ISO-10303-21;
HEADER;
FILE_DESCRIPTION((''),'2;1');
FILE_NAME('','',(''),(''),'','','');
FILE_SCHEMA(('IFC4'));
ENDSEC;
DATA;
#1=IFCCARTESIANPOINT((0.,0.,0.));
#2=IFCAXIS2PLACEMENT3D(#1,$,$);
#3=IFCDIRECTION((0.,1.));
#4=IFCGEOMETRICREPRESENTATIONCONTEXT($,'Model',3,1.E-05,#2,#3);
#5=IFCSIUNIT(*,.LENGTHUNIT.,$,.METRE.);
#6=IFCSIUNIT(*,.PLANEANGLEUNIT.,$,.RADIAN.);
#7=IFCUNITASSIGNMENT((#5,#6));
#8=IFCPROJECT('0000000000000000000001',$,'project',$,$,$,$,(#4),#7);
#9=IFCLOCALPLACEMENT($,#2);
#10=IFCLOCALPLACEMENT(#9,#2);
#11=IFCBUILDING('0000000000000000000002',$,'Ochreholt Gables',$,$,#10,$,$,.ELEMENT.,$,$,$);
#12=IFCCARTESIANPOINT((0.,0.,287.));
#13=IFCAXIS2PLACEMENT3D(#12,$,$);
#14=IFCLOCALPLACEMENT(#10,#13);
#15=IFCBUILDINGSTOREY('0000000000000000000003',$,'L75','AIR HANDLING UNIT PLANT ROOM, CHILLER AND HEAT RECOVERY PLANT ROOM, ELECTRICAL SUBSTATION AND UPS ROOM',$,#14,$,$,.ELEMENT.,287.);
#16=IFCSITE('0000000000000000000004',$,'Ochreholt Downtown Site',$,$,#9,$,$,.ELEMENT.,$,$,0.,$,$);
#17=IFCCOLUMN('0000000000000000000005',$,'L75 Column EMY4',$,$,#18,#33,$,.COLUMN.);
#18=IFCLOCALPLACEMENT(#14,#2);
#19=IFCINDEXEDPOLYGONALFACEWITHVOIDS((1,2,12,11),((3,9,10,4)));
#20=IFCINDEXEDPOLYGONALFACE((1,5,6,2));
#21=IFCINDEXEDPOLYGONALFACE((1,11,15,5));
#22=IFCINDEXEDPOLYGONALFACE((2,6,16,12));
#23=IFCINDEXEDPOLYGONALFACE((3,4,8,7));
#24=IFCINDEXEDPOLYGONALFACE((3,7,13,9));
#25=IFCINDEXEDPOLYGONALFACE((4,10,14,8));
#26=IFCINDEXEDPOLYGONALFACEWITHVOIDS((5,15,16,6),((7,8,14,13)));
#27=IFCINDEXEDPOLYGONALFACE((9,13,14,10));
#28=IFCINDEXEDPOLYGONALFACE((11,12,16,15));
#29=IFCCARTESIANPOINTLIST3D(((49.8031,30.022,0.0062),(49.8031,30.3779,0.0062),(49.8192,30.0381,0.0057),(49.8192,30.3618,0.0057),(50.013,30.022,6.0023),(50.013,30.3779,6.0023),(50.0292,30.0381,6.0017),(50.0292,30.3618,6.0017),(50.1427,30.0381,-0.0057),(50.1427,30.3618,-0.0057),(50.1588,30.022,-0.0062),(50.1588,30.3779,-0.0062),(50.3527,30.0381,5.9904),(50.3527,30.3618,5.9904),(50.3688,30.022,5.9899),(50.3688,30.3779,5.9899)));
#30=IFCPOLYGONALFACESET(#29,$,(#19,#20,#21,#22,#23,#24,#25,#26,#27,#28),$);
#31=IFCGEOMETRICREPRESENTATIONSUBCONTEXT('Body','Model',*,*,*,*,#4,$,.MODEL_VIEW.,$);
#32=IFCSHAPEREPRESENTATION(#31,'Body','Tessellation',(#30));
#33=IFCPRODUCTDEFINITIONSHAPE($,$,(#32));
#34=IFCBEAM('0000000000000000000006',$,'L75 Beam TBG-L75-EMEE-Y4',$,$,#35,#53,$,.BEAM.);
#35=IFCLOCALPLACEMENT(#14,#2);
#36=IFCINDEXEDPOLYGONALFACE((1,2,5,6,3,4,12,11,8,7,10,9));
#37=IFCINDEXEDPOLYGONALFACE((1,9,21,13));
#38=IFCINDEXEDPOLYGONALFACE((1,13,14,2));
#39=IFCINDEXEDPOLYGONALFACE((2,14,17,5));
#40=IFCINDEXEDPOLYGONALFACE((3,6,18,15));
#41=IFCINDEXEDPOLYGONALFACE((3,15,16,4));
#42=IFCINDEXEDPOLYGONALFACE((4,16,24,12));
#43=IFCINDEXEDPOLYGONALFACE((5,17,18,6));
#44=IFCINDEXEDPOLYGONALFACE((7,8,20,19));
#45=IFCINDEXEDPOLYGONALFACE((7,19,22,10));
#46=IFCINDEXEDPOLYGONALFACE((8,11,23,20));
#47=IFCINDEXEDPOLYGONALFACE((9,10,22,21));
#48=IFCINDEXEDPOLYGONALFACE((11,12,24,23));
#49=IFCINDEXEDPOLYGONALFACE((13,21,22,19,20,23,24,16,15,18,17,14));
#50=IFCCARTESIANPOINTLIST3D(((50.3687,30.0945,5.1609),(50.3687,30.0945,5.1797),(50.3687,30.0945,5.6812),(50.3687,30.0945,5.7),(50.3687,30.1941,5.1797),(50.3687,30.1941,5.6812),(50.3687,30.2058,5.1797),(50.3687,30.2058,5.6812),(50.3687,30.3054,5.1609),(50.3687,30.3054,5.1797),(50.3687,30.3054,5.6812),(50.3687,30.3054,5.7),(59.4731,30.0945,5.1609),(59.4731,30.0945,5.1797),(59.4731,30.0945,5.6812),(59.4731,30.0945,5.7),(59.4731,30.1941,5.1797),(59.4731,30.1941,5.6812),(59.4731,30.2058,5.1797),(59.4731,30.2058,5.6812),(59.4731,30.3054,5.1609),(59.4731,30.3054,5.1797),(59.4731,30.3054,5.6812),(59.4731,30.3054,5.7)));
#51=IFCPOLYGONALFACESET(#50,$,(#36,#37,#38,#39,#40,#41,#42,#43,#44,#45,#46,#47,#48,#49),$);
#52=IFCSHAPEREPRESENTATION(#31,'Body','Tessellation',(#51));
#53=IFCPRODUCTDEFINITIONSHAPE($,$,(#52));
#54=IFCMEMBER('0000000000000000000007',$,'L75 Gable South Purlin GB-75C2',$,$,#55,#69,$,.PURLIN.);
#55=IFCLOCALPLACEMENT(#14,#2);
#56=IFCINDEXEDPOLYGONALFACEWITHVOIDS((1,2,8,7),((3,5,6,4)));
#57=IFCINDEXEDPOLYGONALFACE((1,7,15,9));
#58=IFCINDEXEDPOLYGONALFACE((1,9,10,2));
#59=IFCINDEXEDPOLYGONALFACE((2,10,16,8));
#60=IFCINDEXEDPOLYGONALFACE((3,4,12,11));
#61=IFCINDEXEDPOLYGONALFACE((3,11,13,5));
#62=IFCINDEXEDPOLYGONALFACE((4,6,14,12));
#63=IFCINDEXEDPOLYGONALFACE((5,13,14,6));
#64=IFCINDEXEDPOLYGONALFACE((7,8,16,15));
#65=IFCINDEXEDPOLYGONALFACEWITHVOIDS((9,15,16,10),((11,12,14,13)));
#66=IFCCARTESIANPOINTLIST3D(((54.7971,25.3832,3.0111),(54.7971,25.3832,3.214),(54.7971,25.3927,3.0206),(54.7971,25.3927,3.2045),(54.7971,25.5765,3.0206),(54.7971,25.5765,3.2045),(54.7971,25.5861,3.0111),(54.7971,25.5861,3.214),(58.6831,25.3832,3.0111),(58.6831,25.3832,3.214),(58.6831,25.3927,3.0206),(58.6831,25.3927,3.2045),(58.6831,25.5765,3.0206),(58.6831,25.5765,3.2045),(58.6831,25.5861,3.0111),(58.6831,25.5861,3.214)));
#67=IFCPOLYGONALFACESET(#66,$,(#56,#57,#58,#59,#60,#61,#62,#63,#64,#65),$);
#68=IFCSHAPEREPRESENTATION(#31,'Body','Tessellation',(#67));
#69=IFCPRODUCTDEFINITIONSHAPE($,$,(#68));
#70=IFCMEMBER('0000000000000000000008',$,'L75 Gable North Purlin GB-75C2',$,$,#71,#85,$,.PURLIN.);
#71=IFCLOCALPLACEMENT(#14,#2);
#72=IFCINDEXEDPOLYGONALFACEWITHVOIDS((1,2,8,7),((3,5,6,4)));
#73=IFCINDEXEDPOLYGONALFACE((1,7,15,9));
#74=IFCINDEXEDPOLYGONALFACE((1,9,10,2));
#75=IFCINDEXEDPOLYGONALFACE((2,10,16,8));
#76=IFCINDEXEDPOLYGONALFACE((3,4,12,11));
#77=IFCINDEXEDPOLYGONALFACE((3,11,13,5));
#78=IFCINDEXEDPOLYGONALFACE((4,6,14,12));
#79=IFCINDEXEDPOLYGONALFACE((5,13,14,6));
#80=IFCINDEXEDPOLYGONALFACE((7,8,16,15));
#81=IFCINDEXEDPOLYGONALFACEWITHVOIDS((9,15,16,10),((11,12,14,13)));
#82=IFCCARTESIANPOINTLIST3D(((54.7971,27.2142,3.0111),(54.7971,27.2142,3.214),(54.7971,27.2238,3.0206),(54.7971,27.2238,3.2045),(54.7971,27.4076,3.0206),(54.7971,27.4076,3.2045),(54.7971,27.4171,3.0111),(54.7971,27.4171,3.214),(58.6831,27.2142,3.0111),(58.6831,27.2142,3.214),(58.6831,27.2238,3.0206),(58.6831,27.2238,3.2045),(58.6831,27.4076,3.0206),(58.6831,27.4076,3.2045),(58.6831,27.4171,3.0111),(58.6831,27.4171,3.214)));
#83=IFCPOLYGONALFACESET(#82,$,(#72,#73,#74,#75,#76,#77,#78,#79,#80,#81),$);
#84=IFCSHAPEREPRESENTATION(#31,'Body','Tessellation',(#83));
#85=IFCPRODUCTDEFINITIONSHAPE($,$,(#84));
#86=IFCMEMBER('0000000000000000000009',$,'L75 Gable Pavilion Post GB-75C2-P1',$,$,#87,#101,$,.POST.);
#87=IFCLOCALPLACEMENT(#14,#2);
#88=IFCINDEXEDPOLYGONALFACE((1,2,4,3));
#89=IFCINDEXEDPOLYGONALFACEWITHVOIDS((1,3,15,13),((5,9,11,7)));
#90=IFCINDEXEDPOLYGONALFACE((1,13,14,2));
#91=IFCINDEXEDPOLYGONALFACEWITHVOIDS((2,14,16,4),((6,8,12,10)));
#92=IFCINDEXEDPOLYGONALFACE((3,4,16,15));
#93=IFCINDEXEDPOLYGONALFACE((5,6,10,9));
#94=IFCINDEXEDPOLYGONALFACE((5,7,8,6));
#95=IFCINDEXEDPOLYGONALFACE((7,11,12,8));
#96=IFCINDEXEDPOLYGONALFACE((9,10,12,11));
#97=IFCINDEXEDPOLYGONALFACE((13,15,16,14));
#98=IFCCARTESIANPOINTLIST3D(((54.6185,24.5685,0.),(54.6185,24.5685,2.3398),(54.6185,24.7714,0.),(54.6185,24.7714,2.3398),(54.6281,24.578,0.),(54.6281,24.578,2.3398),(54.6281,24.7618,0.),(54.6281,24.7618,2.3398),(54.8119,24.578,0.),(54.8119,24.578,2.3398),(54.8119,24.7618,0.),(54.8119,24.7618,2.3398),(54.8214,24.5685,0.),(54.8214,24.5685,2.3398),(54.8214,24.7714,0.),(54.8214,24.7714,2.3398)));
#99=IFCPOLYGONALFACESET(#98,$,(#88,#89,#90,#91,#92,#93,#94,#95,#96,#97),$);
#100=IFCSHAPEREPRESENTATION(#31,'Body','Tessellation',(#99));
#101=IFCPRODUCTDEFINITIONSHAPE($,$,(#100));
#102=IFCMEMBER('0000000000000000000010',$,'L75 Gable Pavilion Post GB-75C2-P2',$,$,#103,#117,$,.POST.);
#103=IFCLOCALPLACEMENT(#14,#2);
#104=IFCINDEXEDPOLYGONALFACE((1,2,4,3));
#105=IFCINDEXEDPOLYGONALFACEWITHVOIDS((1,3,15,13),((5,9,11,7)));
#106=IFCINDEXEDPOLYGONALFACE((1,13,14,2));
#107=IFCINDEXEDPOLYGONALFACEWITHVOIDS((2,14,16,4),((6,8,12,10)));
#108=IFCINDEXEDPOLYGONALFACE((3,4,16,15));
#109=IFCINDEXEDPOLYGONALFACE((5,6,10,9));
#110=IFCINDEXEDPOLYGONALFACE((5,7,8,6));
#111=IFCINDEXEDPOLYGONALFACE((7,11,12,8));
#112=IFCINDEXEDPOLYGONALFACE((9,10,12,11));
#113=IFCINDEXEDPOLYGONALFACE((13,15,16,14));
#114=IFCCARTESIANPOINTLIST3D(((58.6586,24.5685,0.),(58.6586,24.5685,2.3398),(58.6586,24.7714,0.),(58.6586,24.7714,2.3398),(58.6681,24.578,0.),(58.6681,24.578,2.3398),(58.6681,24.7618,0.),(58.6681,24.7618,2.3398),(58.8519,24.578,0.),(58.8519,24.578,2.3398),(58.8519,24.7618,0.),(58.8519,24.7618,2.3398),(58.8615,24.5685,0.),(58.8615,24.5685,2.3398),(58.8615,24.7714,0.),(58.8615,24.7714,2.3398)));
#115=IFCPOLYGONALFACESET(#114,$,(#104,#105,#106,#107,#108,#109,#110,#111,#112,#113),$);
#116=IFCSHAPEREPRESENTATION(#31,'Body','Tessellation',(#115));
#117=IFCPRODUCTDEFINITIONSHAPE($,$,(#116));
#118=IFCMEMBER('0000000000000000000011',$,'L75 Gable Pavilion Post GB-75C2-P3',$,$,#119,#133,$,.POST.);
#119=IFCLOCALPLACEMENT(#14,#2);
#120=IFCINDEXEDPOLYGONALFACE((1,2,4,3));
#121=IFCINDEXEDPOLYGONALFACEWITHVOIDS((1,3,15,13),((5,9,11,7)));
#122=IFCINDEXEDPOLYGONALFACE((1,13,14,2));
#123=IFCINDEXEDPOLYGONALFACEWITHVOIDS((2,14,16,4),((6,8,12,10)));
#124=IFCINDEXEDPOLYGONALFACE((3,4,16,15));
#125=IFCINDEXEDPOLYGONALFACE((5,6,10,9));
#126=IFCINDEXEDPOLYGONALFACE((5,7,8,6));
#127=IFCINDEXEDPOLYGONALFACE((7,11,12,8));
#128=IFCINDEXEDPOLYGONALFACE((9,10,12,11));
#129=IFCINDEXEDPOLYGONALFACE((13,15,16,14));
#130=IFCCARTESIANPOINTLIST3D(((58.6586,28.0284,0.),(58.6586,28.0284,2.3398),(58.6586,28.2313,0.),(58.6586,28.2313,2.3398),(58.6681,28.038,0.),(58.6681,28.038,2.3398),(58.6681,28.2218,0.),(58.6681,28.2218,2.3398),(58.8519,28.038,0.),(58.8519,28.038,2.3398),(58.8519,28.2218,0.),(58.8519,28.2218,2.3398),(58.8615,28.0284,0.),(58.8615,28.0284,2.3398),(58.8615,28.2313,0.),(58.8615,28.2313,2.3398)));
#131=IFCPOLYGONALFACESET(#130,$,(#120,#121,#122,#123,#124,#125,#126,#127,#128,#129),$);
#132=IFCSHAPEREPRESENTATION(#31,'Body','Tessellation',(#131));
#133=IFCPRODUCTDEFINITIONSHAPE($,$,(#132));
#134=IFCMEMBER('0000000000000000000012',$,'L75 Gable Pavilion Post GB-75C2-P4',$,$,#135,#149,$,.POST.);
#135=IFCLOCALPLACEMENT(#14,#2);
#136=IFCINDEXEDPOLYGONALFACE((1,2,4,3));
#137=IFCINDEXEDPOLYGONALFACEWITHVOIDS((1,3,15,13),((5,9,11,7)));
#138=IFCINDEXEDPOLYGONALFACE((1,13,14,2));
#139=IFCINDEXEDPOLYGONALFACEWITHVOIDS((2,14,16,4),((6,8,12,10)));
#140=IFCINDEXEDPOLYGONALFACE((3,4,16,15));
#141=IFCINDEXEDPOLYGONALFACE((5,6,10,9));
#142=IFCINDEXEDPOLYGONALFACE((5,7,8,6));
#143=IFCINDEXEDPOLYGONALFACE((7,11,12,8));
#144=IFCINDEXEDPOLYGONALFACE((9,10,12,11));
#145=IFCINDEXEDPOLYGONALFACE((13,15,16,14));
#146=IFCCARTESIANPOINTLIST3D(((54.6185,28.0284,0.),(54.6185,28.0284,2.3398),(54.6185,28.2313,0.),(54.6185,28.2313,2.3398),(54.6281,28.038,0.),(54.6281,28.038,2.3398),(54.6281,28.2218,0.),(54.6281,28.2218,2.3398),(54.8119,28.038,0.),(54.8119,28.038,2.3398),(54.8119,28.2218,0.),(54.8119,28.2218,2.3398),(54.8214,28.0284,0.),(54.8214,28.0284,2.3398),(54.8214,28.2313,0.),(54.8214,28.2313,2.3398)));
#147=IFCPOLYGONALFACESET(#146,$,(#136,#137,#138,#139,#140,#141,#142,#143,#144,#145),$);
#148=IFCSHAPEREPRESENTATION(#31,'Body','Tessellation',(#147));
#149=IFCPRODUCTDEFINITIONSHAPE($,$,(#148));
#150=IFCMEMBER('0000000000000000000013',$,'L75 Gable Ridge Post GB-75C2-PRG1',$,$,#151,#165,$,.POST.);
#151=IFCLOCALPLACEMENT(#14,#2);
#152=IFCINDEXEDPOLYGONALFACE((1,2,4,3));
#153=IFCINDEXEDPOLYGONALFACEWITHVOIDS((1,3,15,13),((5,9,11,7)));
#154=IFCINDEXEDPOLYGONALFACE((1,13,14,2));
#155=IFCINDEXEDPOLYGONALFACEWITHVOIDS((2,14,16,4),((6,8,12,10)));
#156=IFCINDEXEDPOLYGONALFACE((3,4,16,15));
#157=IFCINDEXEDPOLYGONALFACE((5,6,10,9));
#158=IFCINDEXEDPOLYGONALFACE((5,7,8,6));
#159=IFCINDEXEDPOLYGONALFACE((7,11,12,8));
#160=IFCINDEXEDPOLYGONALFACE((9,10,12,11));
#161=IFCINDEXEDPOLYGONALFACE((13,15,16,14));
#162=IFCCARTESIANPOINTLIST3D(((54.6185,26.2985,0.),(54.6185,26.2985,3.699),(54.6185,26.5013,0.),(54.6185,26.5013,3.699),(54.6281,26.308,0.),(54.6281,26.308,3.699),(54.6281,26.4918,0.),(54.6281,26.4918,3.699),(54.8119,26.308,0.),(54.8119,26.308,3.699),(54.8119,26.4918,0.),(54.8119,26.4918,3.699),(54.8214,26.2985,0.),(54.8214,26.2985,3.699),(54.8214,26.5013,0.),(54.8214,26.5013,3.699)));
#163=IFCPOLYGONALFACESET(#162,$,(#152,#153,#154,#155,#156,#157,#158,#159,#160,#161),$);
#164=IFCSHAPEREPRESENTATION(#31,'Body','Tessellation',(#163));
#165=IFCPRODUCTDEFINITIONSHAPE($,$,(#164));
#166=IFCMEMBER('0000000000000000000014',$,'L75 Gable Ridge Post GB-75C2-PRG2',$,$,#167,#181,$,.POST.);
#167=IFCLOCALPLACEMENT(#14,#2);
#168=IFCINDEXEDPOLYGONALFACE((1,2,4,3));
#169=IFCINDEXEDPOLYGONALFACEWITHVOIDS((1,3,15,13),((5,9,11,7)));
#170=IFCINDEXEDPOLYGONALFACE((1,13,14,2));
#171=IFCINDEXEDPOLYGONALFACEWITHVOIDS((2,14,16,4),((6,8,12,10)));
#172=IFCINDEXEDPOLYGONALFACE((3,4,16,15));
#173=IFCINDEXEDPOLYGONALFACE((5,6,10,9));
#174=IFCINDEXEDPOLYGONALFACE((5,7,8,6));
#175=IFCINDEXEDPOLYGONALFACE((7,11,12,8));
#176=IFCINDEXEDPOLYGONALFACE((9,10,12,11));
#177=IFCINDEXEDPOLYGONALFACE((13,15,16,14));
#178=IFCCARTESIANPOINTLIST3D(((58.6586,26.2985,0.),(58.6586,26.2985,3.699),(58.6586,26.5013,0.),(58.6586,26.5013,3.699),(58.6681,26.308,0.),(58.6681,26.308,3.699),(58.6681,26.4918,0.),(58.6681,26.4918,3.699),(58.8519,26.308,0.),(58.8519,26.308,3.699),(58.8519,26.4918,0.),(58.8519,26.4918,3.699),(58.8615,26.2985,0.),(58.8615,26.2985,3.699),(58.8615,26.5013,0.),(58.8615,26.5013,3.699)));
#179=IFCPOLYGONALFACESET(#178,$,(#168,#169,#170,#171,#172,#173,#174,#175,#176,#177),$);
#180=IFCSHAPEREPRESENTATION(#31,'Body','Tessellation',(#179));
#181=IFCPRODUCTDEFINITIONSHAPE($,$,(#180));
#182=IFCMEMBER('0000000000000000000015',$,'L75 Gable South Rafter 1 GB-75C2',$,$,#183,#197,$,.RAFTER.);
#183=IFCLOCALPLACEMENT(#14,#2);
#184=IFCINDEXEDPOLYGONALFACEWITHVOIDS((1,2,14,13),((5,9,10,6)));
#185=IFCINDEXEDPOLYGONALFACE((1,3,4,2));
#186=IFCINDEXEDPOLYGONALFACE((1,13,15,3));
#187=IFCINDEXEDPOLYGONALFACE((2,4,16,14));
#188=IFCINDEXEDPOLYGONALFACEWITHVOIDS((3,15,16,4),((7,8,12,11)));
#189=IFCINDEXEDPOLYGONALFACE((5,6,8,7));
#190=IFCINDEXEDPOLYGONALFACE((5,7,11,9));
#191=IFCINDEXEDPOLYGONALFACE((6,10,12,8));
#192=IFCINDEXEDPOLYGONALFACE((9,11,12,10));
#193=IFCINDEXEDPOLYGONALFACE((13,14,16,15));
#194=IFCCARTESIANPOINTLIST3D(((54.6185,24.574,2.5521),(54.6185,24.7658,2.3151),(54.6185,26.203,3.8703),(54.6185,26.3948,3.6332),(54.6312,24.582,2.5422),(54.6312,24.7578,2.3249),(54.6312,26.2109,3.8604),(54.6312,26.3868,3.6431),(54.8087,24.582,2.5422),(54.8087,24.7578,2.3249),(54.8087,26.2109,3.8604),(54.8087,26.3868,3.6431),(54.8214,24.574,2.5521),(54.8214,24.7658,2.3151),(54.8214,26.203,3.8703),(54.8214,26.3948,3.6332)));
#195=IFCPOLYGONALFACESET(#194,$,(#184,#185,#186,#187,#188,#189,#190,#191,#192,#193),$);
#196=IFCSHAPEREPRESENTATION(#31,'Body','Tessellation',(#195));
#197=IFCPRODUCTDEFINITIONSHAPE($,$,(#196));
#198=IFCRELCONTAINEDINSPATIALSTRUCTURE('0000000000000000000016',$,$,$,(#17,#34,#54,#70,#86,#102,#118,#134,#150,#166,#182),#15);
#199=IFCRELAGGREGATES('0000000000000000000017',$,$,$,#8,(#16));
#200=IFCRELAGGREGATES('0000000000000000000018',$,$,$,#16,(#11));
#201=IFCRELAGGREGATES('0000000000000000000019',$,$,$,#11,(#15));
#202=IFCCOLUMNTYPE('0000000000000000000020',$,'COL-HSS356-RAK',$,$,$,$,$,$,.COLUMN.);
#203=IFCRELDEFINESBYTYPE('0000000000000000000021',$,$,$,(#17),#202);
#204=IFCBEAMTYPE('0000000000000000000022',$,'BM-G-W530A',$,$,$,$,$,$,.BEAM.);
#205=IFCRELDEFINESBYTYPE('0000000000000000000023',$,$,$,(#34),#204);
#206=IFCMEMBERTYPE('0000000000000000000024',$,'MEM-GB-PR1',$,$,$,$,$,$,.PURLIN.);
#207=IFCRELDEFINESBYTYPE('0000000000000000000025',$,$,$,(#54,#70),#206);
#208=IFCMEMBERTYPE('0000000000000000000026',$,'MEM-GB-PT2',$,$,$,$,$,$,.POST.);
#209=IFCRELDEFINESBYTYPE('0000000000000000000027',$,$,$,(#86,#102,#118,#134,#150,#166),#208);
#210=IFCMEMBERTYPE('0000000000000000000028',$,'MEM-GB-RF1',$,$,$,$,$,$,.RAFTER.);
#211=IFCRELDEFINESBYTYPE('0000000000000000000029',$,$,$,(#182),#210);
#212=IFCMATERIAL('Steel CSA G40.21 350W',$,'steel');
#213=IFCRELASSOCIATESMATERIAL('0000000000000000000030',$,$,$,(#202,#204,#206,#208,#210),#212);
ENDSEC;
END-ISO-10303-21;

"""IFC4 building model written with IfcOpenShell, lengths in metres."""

from ifc_helpers import new_model, si_unit, direction, frame, origin, origin_2d, place, context, subcontext, project, spatial, hollow_rectangle, i_section, extrude, material, material_profile, profile_set, type_object, element, save


model = new_model("IFC4")

# Units and contexts
model_context = context("Model", 3, precision=1e-05, world=origin(), true_north=direction((0.0, 1.0)))
body_context = subcontext(model_context, "Body", "Model", "MODEL_VIEW")
ifc_project = project(units=[si_unit("LENGTHUNIT", "METRE"), si_unit("PLANEANGLEUNIT", "RADIAN")], contexts=[model_context])

# Site, building, storey
site_placement = place(None, origin())
site = spatial("IfcSite", under=ifc_project, at=site_placement, Name="Ochreholt Downtown Site", CompositionType="ELEMENT", RefElevation=0.0)
building_placement = place(site_placement, origin())
building = spatial("IfcBuilding", under=site, at=building_placement, Name="Ochreholt Gables", CompositionType="ELEMENT")
storey_placement = place(building_placement, frame((0.0, 0.0, 287.0)))
storey = spatial("IfcBuildingStorey", under=building, at=storey_placement, Name="L75", Description="AIR HANDLING UNIT PLANT ROOM, CHILLER AND HEAT RECOVERY PLANT ROOM, ELECTRICAL SUBSTATION AND UPS ROOM", CompositionType="ELEMENT", Elevation=287.0)

# Column
ifc_material_1 = material(Name="Steel CSA G40.21 350W", Category="steel")
ifc_material_profile_1 = material_profile(ifc_material_1, hollow_rectangle(XDim=0.356, YDim=0.356, WallThickness=0.0161, at=origin_2d()), Name="HSS356X356X16")
ifc_profile_set_1 = profile_set([ifc_material_profile_1], Name="Steel CSA G40.21 350W")
column_type = type_object("IfcColumnType", Name="COL-HSS356-RAK", PredefinedType="COLUMN", material=ifc_profile_set_1)
column_placement = place(storey_placement, frame((49.981, 30.2, 0.0), z_axis=(0.034995, 0.0, 0.999387), x_axis=(0.0, 1.0, 0.0)))
element("IfcColumn", 1, at=column_placement, inside=storey, type_object=column_type, Name="L75 Column EMY4", PredefinedType="COLUMN", context=body_context, shape_type="SweptSolid", body=[
    extrude(hollow_rectangle(XDim=0.356, YDim=0.356, WallThickness=0.0161, at=origin_2d()), origin(), (0.0, 0.0, 1.0), 5.9998),
])

# Beam
ifc_material_profile_2 = material_profile(ifc_material_1, i_section(OverallWidth=0.2109, OverallDepth=0.5391, WebThickness=0.0117, FlangeThickness=0.0188, at=origin_2d()), Name="W530X109")
ifc_profile_set_2 = profile_set([ifc_material_profile_2], Name="Steel CSA G40.21 350W")
beam_type = type_object("IfcBeamType", Name="BM-G-W530A", PredefinedType="BEAM", material=ifc_profile_set_2)
beam_placement = place(storey_placement, frame((50.3687, 30.2, 5.4304), z_axis=(1.0, 0.0, 0.0), x_axis=(0.0, 1.0, 0.0)))
element("IfcBeam", 2, at=beam_placement, inside=storey, type_object=beam_type, Name="L75 Beam TBG-L75-EMEE-Y4", PredefinedType="BEAM", context=body_context, shape_type="SweptSolid", body=[
    extrude(i_section(OverallWidth=0.2109, OverallDepth=0.5391, WebThickness=0.0117, FlangeThickness=0.0188, at=origin_2d()), origin(), (0.0, 0.0, 1.0), 9.1045),
])

# Members
ifc_material_profile_3 = material_profile(ifc_material_1, hollow_rectangle(XDim=0.2029, YDim=0.2029, WallThickness=0.0095, at=origin_2d()), Name="HSS203X203X10")
ifc_profile_set_3 = profile_set([ifc_material_profile_3], Name="Steel CSA G40.21 350W")
member_type_1 = type_object("IfcMemberType", Name="MEM-GB-PR1", PredefinedType="PURLIN", material=ifc_profile_set_3)
for number, where, z_axis, x_axis, name in (
    (3, (54.7971, 25.4846, 3.1125), (1.0, 0.0, 0.0), (0.0, 1.0, 0.0), "L75 Gable South Purlin GB-75C2"),
    (4, (54.7971, 27.3157, 3.1125), (1.0, 0.0, 0.0), (0.0, 1.0, 0.0), "L75 Gable North Purlin GB-75C2"),
):
    element("IfcMember", number, at=place(storey_placement, frame(where, z_axis=z_axis, x_axis=x_axis)), inside=storey, type_object=member_type_1, Name=name, PredefinedType="PURLIN", context=body_context, shape_type="SweptSolid", body=[
        extrude(hollow_rectangle(XDim=0.2029, YDim=0.2029, WallThickness=0.0095, at=origin_2d()), origin(), (0.0, 0.0, 1.0), 3.886),
    ])
ifc_material_profile_4 = material_profile(ifc_material_1, hollow_rectangle(XDim=0.2029, YDim=0.2029, WallThickness=0.0095, at=origin_2d()), Name="HSS203X203X10")
ifc_profile_set_4 = profile_set([ifc_material_profile_4], Name="Steel CSA G40.21 350W")
member_type_2 = type_object("IfcMemberType", Name="MEM-GB-PT2", PredefinedType="POST", material=ifc_profile_set_4)
for number, where, z_axis, x_axis, name in (
    (5, (54.72, 24.6699, 0.0), (0.0, 0.0, 1.0), (1.0, 0.0, 0.0), "L75 Gable Pavilion Post GB-75C2-P1"),
    (6, (58.76, 24.6699, 0.0), (0.0, 0.0, 1.0), (1.0, 0.0, 0.0), "L75 Gable Pavilion Post GB-75C2-P2"),
    (7, (58.76, 28.1299, 0.0), (0.0, 0.0, 1.0), (1.0, 0.0, 0.0), "L75 Gable Pavilion Post GB-75C2-P3"),
    (8, (54.72, 28.1299, 0.0), (0.0, 0.0, 1.0), (1.0, 0.0, 0.0), "L75 Gable Pavilion Post GB-75C2-P4"),
):
    element("IfcMember", number, at=place(storey_placement, frame(where, z_axis=z_axis, x_axis=x_axis)), inside=storey, type_object=member_type_2, Name=name, PredefinedType="POST", context=body_context, shape_type="SweptSolid", body=[
        extrude(hollow_rectangle(XDim=0.2029, YDim=0.2029, WallThickness=0.0095, at=origin_2d()), origin(), (0.0, 0.0, 1.0), 2.3398),
    ])
for number, where, z_axis, x_axis, name in (
    (9, (54.72, 26.3999, 0.0), (0.0, 0.0, 1.0), (1.0, 0.0, 0.0), "L75 Gable Ridge Post GB-75C2-PRG1"),
    (10, (58.76, 26.3999, 0.0), (0.0, 0.0, 1.0), (1.0, 0.0, 0.0), "L75 Gable Ridge Post GB-75C2-PRG2"),
):
    element("IfcMember", number, at=place(storey_placement, frame(where, z_axis=z_axis, x_axis=x_axis)), inside=storey, type_object=member_type_2, Name=name, PredefinedType="POST", context=body_context, shape_type="SweptSolid", body=[
        extrude(hollow_rectangle(XDim=0.2029, YDim=0.2029, WallThickness=0.0095, at=origin_2d()), origin(), (0.0, 0.0, 1.0), 3.699),
    ])
ifc_material_profile_5 = material_profile(ifc_material_1, hollow_rectangle(XDim=0.2029, YDim=0.3049, WallThickness=0.0127, at=origin_2d()), Name="HSS305X203X13")
ifc_profile_set_5 = profile_set([ifc_material_profile_5], Name="Steel CSA G40.21 350W")
member_type_3 = type_object("IfcMemberType", Name="MEM-GB-RF1", PredefinedType="RAFTER", material=ifc_profile_set_5)
member_1_placement = place(storey_placement, frame((54.72, 24.6699, 2.4336), z_axis=(0.0, 0.777367, 0.629047), x_axis=(-1.0, 0.0, 0.0)))
element("IfcMember", 11, at=member_1_placement, inside=storey, type_object=member_type_3, Name="L75 Gable South Rafter 1 GB-75C2", PredefinedType="RAFTER", context=body_context, shape_type="SweptSolid", body=[
    extrude(hollow_rectangle(XDim=0.2029, YDim=0.3049, WallThickness=0.0127, at=origin_2d()), origin(), (0.0, 0.0, 1.0), 2.0955),
])

save(model, "model.ifc")
